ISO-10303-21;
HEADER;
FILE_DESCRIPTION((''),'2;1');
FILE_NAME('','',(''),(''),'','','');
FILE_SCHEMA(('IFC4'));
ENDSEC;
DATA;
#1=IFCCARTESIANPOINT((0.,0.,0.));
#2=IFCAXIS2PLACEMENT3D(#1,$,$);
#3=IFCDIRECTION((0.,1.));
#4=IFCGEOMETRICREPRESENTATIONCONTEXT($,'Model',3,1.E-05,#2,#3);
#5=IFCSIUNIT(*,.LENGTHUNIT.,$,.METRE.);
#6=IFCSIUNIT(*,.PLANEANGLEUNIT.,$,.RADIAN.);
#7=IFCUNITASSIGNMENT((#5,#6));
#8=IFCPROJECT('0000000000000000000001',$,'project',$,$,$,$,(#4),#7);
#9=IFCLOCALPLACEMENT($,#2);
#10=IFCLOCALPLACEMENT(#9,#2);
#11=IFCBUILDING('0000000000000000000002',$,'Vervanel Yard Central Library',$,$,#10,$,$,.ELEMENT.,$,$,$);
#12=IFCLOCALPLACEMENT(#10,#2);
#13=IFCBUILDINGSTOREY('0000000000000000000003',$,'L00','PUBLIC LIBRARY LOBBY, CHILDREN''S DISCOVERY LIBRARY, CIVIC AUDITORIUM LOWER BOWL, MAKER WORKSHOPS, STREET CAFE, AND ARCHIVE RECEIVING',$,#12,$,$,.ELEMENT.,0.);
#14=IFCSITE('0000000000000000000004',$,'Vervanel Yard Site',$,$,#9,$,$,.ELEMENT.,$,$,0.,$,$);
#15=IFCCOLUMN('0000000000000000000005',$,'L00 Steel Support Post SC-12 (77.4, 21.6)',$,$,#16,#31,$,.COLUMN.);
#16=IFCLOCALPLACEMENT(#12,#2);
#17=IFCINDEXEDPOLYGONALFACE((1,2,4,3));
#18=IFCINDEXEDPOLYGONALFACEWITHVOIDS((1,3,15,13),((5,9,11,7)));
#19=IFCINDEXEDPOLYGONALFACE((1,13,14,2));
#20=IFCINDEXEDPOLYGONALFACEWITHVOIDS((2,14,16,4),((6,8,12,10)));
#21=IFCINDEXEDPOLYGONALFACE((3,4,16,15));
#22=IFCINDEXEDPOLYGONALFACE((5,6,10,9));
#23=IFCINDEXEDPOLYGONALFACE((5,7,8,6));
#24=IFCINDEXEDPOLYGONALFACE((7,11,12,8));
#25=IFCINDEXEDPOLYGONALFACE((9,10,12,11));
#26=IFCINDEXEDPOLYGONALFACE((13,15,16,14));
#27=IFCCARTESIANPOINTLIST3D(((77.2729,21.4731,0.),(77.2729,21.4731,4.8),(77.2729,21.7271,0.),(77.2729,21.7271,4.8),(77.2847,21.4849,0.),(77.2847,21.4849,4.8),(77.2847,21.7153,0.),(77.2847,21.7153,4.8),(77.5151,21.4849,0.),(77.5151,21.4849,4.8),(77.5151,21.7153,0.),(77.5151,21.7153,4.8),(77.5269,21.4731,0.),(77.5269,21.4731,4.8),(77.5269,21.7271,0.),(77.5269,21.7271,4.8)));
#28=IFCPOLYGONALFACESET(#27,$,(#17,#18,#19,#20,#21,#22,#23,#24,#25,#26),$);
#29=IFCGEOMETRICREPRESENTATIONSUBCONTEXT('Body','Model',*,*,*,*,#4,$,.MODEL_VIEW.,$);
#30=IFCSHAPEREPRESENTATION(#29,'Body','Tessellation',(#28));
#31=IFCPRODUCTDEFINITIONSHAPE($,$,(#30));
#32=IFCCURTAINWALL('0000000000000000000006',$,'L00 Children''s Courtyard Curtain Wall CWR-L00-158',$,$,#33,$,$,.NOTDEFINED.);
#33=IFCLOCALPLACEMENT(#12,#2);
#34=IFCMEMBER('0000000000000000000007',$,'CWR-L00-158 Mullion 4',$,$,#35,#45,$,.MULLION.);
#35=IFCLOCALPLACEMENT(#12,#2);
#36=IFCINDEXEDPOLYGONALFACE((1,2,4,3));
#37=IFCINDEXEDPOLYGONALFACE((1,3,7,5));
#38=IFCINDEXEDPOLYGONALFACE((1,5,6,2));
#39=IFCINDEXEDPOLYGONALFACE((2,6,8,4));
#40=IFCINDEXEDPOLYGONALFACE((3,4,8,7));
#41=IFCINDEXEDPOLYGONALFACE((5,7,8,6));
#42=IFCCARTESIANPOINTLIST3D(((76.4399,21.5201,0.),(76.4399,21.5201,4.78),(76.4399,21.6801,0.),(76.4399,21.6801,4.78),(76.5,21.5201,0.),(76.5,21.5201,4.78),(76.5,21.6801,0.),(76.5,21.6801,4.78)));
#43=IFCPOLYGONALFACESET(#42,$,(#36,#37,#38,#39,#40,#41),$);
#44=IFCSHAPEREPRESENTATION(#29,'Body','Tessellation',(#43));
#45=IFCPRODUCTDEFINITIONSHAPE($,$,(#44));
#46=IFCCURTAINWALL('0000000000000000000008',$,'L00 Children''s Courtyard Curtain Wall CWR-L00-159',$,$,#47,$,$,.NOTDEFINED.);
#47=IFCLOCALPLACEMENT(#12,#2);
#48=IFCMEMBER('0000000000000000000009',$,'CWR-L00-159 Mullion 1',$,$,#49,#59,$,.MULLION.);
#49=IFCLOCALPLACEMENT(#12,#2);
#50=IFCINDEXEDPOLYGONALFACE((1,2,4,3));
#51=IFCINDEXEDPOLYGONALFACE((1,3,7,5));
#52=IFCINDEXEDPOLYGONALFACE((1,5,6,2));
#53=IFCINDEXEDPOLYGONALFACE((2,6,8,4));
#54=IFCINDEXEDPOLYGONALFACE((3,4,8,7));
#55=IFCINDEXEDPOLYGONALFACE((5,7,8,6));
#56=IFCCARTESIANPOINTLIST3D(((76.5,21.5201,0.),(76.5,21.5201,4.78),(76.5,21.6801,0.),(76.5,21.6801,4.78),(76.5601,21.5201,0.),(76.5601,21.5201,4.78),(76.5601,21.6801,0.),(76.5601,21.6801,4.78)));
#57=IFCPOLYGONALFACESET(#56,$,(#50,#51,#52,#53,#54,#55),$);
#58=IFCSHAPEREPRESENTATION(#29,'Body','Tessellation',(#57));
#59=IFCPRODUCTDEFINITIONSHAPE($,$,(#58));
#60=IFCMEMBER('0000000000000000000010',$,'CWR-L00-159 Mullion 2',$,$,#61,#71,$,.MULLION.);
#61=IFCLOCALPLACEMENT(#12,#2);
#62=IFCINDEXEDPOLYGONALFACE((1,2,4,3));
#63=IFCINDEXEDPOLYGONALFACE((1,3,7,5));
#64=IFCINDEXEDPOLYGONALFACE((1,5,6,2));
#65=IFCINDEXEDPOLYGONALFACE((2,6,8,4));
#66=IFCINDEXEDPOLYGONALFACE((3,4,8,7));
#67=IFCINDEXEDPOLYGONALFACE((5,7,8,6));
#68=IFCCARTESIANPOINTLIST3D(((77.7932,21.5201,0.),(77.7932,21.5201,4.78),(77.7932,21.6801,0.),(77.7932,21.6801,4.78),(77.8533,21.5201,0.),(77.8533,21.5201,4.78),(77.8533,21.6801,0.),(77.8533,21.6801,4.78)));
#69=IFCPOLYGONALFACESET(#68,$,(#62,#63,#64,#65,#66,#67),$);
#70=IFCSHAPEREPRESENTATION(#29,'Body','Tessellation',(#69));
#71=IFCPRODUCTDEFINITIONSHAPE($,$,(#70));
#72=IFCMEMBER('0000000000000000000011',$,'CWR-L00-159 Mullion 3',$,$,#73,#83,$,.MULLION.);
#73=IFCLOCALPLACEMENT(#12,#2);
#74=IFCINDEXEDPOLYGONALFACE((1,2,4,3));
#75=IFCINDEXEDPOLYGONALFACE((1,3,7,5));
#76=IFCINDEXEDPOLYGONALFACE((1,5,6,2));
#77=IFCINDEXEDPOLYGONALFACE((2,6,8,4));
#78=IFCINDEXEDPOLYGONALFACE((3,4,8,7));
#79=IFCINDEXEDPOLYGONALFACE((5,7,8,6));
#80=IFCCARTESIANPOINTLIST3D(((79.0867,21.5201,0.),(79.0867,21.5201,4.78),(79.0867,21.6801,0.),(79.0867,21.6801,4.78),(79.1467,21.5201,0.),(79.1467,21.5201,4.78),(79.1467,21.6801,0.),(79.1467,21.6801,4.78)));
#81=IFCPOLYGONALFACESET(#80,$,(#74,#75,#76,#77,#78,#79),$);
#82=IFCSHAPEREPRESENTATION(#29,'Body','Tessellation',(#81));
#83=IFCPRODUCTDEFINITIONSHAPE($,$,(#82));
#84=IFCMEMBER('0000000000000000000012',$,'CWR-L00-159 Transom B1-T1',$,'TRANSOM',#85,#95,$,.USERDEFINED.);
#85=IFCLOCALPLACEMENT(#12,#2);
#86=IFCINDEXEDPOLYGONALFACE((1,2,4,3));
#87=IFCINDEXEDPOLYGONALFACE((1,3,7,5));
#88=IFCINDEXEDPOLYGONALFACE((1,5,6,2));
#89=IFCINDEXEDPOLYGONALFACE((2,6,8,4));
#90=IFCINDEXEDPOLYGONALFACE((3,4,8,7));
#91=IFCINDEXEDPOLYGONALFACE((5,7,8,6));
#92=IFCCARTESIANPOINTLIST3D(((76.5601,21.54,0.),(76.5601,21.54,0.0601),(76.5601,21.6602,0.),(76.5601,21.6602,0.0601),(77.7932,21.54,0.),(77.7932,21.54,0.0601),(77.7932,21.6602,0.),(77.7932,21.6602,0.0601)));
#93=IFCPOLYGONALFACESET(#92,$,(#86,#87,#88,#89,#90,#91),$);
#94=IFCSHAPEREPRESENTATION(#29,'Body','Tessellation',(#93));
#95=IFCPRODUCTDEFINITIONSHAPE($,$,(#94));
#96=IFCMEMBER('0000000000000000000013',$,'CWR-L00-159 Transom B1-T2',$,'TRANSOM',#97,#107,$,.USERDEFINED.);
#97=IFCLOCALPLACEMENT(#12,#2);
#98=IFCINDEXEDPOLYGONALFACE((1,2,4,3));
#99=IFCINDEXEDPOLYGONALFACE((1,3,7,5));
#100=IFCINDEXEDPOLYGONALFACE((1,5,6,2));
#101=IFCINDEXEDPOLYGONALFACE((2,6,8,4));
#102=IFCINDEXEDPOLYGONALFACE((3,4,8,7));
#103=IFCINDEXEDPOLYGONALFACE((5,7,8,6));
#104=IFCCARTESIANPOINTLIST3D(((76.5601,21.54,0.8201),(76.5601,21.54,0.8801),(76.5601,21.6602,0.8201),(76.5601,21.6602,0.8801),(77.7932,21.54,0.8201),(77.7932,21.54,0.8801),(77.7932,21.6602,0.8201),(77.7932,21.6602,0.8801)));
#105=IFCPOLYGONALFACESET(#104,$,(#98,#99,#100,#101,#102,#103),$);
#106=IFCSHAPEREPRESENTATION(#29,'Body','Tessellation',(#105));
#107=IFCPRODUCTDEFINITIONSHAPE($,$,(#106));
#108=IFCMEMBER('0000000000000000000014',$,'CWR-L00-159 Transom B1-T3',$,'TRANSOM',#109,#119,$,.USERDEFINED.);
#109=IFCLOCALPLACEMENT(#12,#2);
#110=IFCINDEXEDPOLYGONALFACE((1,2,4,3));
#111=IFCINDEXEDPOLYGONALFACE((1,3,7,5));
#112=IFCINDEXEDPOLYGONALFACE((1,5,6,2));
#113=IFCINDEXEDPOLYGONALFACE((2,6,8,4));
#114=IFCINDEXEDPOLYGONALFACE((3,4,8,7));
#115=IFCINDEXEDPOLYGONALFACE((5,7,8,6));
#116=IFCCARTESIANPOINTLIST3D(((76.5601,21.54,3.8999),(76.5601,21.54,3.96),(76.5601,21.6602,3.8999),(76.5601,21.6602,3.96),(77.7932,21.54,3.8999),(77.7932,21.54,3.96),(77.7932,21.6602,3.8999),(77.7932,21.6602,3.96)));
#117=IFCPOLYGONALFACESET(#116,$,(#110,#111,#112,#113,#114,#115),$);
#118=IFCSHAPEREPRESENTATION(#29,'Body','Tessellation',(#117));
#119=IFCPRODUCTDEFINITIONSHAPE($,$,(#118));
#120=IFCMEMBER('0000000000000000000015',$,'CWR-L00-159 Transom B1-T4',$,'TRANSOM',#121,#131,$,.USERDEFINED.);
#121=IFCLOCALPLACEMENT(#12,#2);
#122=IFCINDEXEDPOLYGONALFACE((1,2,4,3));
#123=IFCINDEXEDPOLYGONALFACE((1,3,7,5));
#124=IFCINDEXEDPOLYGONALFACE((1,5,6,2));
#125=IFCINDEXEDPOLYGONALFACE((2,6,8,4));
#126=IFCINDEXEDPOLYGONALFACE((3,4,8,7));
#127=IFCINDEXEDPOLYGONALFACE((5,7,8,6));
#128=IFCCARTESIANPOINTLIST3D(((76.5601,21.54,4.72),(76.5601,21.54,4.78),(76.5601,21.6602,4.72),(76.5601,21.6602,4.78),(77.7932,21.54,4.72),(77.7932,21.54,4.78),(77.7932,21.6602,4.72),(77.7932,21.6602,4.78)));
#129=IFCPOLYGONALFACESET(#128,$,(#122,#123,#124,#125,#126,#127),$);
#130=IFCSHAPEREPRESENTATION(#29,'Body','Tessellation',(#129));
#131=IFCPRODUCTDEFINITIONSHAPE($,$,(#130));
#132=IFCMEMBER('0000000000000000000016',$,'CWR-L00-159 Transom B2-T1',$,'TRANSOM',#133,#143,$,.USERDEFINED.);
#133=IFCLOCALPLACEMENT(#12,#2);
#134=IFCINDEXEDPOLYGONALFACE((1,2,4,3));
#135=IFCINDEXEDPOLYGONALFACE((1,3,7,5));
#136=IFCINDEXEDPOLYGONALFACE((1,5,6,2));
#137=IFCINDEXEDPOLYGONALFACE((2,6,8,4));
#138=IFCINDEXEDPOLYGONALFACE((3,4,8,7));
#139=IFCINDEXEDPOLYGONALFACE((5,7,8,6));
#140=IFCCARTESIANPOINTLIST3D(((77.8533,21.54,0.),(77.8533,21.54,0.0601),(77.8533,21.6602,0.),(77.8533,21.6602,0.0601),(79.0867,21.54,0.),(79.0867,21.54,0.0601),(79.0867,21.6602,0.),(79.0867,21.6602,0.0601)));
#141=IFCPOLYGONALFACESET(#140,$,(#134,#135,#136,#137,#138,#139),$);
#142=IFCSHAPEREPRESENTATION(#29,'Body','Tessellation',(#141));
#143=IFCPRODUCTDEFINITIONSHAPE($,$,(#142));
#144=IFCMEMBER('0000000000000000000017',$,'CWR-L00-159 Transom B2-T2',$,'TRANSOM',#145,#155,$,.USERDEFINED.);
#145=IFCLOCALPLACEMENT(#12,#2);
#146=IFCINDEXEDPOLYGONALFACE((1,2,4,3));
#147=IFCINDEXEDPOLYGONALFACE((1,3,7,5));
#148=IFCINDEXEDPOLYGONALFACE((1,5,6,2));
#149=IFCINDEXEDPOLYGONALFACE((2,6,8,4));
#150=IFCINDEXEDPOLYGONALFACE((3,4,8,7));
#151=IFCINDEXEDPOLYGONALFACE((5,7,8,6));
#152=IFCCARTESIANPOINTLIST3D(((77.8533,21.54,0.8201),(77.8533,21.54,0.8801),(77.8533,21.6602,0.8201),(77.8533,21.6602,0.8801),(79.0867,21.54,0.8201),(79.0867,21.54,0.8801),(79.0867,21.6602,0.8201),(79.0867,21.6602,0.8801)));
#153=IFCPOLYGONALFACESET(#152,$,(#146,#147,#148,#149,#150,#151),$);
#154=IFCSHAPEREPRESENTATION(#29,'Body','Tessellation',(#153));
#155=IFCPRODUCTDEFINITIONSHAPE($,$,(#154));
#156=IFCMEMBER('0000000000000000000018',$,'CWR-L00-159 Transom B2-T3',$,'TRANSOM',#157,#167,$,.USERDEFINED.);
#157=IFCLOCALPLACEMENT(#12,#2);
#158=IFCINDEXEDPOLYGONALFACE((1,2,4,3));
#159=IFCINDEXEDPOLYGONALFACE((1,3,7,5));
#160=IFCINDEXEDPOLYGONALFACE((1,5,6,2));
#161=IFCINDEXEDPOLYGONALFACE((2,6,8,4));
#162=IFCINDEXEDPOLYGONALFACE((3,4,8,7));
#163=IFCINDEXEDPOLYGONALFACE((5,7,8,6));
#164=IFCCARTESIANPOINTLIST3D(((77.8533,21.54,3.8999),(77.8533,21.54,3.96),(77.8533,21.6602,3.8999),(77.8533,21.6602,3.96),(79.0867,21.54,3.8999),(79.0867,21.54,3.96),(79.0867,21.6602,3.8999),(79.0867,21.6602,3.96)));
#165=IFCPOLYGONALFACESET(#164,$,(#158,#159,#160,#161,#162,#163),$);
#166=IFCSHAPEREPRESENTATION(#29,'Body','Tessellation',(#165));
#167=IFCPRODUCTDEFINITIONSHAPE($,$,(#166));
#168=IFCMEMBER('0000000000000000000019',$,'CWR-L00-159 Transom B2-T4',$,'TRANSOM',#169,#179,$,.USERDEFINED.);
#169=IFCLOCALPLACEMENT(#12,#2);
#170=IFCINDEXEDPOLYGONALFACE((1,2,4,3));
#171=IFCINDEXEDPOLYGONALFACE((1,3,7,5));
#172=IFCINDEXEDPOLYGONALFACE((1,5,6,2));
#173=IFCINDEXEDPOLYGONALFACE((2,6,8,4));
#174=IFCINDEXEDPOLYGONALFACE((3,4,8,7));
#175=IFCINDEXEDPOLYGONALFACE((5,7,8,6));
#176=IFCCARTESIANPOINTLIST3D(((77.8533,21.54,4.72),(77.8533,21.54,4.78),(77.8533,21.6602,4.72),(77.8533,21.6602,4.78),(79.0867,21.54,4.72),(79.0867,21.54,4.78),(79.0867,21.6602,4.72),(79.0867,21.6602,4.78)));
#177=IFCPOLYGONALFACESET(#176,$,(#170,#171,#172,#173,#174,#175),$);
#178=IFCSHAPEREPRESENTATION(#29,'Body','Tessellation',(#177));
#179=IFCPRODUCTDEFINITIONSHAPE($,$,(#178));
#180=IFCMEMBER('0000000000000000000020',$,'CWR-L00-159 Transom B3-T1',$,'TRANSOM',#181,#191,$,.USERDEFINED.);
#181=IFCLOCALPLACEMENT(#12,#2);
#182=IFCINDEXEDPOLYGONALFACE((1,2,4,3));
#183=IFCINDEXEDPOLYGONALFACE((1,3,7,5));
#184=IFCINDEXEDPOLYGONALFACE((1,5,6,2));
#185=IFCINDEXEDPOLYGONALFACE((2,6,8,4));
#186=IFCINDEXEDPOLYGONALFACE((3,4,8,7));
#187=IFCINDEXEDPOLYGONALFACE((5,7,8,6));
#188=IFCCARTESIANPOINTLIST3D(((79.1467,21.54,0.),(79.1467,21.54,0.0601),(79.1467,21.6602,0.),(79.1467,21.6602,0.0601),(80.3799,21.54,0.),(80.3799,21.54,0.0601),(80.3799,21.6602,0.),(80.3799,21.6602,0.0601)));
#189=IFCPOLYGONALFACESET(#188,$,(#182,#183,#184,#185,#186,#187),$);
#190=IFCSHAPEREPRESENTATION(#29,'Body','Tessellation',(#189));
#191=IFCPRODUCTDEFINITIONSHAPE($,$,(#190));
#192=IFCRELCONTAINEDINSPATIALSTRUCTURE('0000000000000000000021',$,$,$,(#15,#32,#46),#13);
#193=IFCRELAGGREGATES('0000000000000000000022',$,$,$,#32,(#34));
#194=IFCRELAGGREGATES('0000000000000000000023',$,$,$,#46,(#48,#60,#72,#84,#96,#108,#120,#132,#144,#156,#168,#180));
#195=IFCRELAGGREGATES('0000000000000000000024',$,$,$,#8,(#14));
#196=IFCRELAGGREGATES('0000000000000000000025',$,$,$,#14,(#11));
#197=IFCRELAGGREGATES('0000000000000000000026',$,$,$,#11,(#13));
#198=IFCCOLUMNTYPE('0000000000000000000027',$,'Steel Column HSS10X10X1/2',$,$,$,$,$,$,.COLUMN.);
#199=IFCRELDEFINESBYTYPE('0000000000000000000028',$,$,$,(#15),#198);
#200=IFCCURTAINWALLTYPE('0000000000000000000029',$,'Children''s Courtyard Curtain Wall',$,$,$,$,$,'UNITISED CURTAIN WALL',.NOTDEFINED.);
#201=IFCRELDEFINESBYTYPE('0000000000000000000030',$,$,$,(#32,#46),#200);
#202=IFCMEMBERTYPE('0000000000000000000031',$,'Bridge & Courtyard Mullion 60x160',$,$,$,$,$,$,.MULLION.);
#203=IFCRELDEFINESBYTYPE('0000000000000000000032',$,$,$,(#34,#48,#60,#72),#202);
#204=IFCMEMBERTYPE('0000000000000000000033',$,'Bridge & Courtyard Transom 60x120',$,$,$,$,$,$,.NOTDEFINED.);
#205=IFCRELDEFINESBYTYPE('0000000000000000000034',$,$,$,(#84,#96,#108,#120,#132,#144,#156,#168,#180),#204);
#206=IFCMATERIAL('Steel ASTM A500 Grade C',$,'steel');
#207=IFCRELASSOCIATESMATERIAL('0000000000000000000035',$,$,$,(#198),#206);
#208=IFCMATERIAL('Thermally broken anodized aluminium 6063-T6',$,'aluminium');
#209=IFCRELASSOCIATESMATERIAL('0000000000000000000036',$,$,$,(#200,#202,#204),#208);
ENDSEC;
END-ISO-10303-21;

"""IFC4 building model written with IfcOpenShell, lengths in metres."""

from ifc_helpers import new_model, si_unit, direction, frame, origin, origin_2d, place, context, subcontext, project, spatial, rectangle, hollow_rectangle, extrude, material, material_profile, profile_set, type_object, element, aggregate, save


model = new_model("IFC4")

# Units and contexts
model_context = context("Model", 3, precision=1e-05, world=origin(), true_north=direction((0.0, 1.0)))
body_context = subcontext(model_context, "Body", "Model", "MODEL_VIEW")
ifc_project = project(units=[si_unit("LENGTHUNIT", "METRE"), si_unit("PLANEANGLEUNIT", "RADIAN")], contexts=[model_context])

# Site, building, storey
site_placement = place(None, origin())
site = spatial("IfcSite", under=ifc_project, at=site_placement, Name="Vervanel Yard Site", CompositionType="ELEMENT", RefElevation=0.0)
building_placement = place(site_placement, origin())
building = spatial("IfcBuilding", under=site, at=building_placement, Name="Vervanel Yard Central Library", CompositionType="ELEMENT")
storey_placement = place(building_placement, origin())
storey = spatial("IfcBuildingStorey", under=building, at=storey_placement, Name="L00", Description="PUBLIC LIBRARY LOBBY, CHILDREN'S DISCOVERY LIBRARY, CIVIC AUDITORIUM LOWER BOWL, MAKER WORKSHOPS, STREET CAFE, AND ARCHIVE RECEIVING", CompositionType="ELEMENT", Elevation=0.0)

# Column
ifc_material_1 = material(Name="Steel ASTM A500 Grade C", Category="steel")
ifc_material_profile_1 = material_profile(ifc_material_1, hollow_rectangle(XDim=0.2539, YDim=0.2539, WallThickness=0.0117, at=origin_2d()), Name="HSS10X10X1/2", Category="steel")
ifc_profile_set_1 = profile_set([ifc_material_profile_1], Name="Steel ASTM A500 Grade C")
column_type = type_object("IfcColumnType", Name="Steel Column HSS10X10X1/2", PredefinedType="COLUMN", material=ifc_profile_set_1)
column_placement = place(storey_placement, frame((77.3999, 21.6001, 0.0), z_axis=(0.0, 0.0, 1.0), x_axis=(1.0, 0.0, 0.0)))
element("IfcColumn", 1, at=column_placement, inside=storey, type_object=column_type, Name="L00 Steel Support Post SC-12 (77.4, 21.6)", PredefinedType="COLUMN", context=body_context, shape_type="SweptSolid", body=[
    extrude(hollow_rectangle(XDim=0.2539, YDim=0.2539, WallThickness=0.0117, at=origin_2d()), origin(), (0.0, 0.0, 1.0), 4.8),
])

# Curtain wall, member
ifc_material_2 = material(Name="Thermally broken anodized aluminium 6063-T6", Category="aluminium")
curtain_wall_type = type_object("IfcCurtainWallType", Name="Children's Courtyard Curtain Wall", ElementType="UNITISED CURTAIN WALL", PredefinedType="NOTDEFINED", material=ifc_material_2)
curtain_wall_1_placement = place(storey_placement, origin())
curtain_wall_1 = element("IfcCurtainWall", 2, at=curtain_wall_1_placement, inside=storey, type_object=curtain_wall_type, Name="L00 Children's Courtyard Curtain Wall CWR-L00-158", PredefinedType="NOTDEFINED")
ifc_material_profile_2 = material_profile(ifc_material_2, rectangle(XDim=0.0601, YDim=0.1599, at=origin_2d()), Name="ALU 60x160", Category="aluminium")
ifc_profile_set_2 = profile_set([ifc_material_profile_2], Name="Thermally broken anodized aluminium 6063-T6")
member_type_1 = type_object("IfcMemberType", Name="Bridge & Courtyard Mullion 60x160", PredefinedType="MULLION", material=ifc_profile_set_2)
member_1_placement = place(storey_placement, frame((76.47, 21.6001, 0.0), z_axis=(0.0, 0.0, 1.0), x_axis=(1.0, 0.0, 0.0)))
member_1 = element("IfcMember", 3, at=member_1_placement, type_object=member_type_1, Name="CWR-L00-158 Mullion 4", PredefinedType="MULLION", context=body_context, shape_type="SweptSolid", body=[
    extrude(rectangle(XDim=0.0601, YDim=0.1599, at=origin_2d()), origin(), (0.0, 0.0, 1.0), 4.78),
])

# Curtain wall, members
curtain_wall_2_placement = place(storey_placement, origin())
curtain_wall_2 = element("IfcCurtainWall", 4, at=curtain_wall_2_placement, inside=storey, type_object=curtain_wall_type, Name="L00 Children's Courtyard Curtain Wall CWR-L00-159", PredefinedType="NOTDEFINED")
member_2_placement = place(storey_placement, frame((76.53, 21.6001, 0.0), z_axis=(0.0, 0.0, 1.0), x_axis=(1.0, 0.0, 0.0)))
member_2 = element("IfcMember", 5, at=member_2_placement, type_object=member_type_1, Name="CWR-L00-159 Mullion 1", PredefinedType="MULLION", context=body_context, shape_type="SweptSolid", body=[
    extrude(rectangle(XDim=0.0601, YDim=0.1599, at=origin_2d()), origin(), (0.0, 0.0, 1.0), 4.78),
])
member_3_placement = place(storey_placement, frame((77.8232, 21.6001, 0.0), z_axis=(0.0, 0.0, 1.0), x_axis=(1.0, 0.0, 0.0)))
member_3 = element("IfcMember", 6, at=member_3_placement, type_object=member_type_1, Name="CWR-L00-159 Mullion 2", PredefinedType="MULLION", context=body_context, shape_type="SweptSolid", body=[
    extrude(rectangle(XDim=0.0601, YDim=0.1599, at=origin_2d()), origin(), (0.0, 0.0, 1.0), 4.78),
])
member_4_placement = place(storey_placement, frame((79.1167, 21.6001, 0.0), z_axis=(0.0, 0.0, 1.0), x_axis=(1.0, 0.0, 0.0)))
member_4 = element("IfcMember", 7, at=member_4_placement, type_object=member_type_1, Name="CWR-L00-159 Mullion 3", PredefinedType="MULLION", context=body_context, shape_type="SweptSolid", body=[
    extrude(rectangle(XDim=0.0601, YDim=0.1599, at=origin_2d()), origin(), (0.0, 0.0, 1.0), 4.78),
])
ifc_material_profile_3 = material_profile(ifc_material_2, rectangle(XDim=0.0601, YDim=0.1201, at=origin_2d()), Name="ALU 60x120", Category="aluminium")
ifc_profile_set_3 = profile_set([ifc_material_profile_3], Name="Thermally broken anodized aluminium 6063-T6")
member_type_2 = type_object("IfcMemberType", Name="Bridge & Courtyard Transom 60x120", PredefinedType="NOTDEFINED", material=ifc_profile_set_3)
member_5_placement = place(storey_placement, frame((76.5601, 21.6001, 0.03), z_axis=(1.0, 0.0, 0.0), x_axis=(0.0, 0.0, 1.0)))
member_5 = element("IfcMember", 8, at=member_5_placement, type_object=member_type_2, Name="CWR-L00-159 Transom B1-T1", ObjectType="TRANSOM", PredefinedType="USERDEFINED", context=body_context, shape_type="SweptSolid", body=[
    extrude(rectangle(XDim=0.0601, YDim=0.1201, at=origin_2d()), origin(), (0.0, 0.0, 1.0), 1.2332),
])
member_6_placement = place(storey_placement, frame((76.5601, 21.6001, 0.8501), z_axis=(1.0, 0.0, 0.0), x_axis=(0.0, 0.0, 1.0)))
member_6 = element("IfcMember", 9, at=member_6_placement, type_object=member_type_2, Name="CWR-L00-159 Transom B1-T2", ObjectType="TRANSOM", PredefinedType="USERDEFINED", context=body_context, shape_type="SweptSolid", body=[
    extrude(rectangle(XDim=0.0601, YDim=0.1201, at=origin_2d()), origin(), (0.0, 0.0, 1.0), 1.2332),
])
member_7_placement = place(storey_placement, frame((76.5601, 21.6001, 3.9299), z_axis=(1.0, 0.0, 0.0), x_axis=(0.0, 0.0, 1.0)))
member_7 = element("IfcMember", 10, at=member_7_placement, type_object=member_type_2, Name="CWR-L00-159 Transom B1-T3", ObjectType="TRANSOM", PredefinedType="USERDEFINED", context=body_context, shape_type="SweptSolid", body=[
    extrude(rectangle(XDim=0.0601, YDim=0.1201, at=origin_2d()), origin(), (0.0, 0.0, 1.0), 1.2332),
])
member_8_placement = place(storey_placement, frame((76.5601, 21.6001, 4.75), z_axis=(1.0, 0.0, 0.0), x_axis=(0.0, 0.0, 1.0)))
member_8 = element("IfcMember", 11, at=member_8_placement, type_object=member_type_2, Name="CWR-L00-159 Transom B1-T4", ObjectType="TRANSOM", PredefinedType="USERDEFINED", context=body_context, shape_type="SweptSolid", body=[
    extrude(rectangle(XDim=0.0601, YDim=0.1201, at=origin_2d()), origin(), (0.0, 0.0, 1.0), 1.2332),
])
member_9_placement = place(storey_placement, frame((77.8533, 21.6001, 0.03), z_axis=(1.0, 0.0, 0.0), x_axis=(0.0, 0.0, 1.0)))
member_9 = element("IfcMember", 12, at=member_9_placement, type_object=member_type_2, Name="CWR-L00-159 Transom B2-T1", ObjectType="TRANSOM", PredefinedType="USERDEFINED", context=body_context, shape_type="SweptSolid", body=[
    extrude(rectangle(XDim=0.0601, YDim=0.1201, at=origin_2d()), origin(), (0.0, 0.0, 1.0), 1.2334),
])
member_10_placement = place(storey_placement, frame((77.8533, 21.6001, 0.8501), z_axis=(1.0, 0.0, 0.0), x_axis=(0.0, 0.0, 1.0)))
member_10 = element("IfcMember", 13, at=member_10_placement, type_object=member_type_2, Name="CWR-L00-159 Transom B2-T2", ObjectType="TRANSOM", PredefinedType="USERDEFINED", context=body_context, shape_type="SweptSolid", body=[
    extrude(rectangle(XDim=0.0601, YDim=0.1201, at=origin_2d()), origin(), (0.0, 0.0, 1.0), 1.2334),
])
member_11_placement = place(storey_placement, frame((77.8533, 21.6001, 3.9299), z_axis=(1.0, 0.0, 0.0), x_axis=(0.0, 0.0, 1.0)))
member_11 = element("IfcMember", 14, at=member_11_placement, type_object=member_type_2, Name="CWR-L00-159 Transom B2-T3", ObjectType="TRANSOM", PredefinedType="USERDEFINED", context=body_context, shape_type="SweptSolid", body=[
    extrude(rectangle(XDim=0.0601, YDim=0.1201, at=origin_2d()), origin(), (0.0, 0.0, 1.0), 1.2334),
])
member_12_placement = place(storey_placement, frame((77.8533, 21.6001, 4.75), z_axis=(1.0, 0.0, 0.0), x_axis=(0.0, 0.0, 1.0)))
member_12 = element("IfcMember", 15, at=member_12_placement, type_object=member_type_2, Name="CWR-L00-159 Transom B2-T4", ObjectType="TRANSOM", PredefinedType="USERDEFINED", context=body_context, shape_type="SweptSolid", body=[
    extrude(rectangle(XDim=0.0601, YDim=0.1201, at=origin_2d()), origin(), (0.0, 0.0, 1.0), 1.2334),
])
member_13_placement = place(storey_placement, frame((79.1467, 21.6001, 0.03), z_axis=(1.0, 0.0, 0.0), x_axis=(0.0, 0.0, 1.0)))
member_13 = element("IfcMember", 16, at=member_13_placement, type_object=member_type_2, Name="CWR-L00-159 Transom B3-T1", ObjectType="TRANSOM", PredefinedType="USERDEFINED", context=body_context, shape_type="SweptSolid", body=[
    extrude(rectangle(XDim=0.0601, YDim=0.1201, at=origin_2d()), origin(), (0.0, 0.0, 1.0), 1.2332),
])

aggregate(curtain_wall_1, [member_1])
aggregate(curtain_wall_2, [member_2, member_3, member_4, member_5, member_6, member_7, member_8, member_9, member_10, member_11, member_12, member_13])

save(model, "model.ifc")
